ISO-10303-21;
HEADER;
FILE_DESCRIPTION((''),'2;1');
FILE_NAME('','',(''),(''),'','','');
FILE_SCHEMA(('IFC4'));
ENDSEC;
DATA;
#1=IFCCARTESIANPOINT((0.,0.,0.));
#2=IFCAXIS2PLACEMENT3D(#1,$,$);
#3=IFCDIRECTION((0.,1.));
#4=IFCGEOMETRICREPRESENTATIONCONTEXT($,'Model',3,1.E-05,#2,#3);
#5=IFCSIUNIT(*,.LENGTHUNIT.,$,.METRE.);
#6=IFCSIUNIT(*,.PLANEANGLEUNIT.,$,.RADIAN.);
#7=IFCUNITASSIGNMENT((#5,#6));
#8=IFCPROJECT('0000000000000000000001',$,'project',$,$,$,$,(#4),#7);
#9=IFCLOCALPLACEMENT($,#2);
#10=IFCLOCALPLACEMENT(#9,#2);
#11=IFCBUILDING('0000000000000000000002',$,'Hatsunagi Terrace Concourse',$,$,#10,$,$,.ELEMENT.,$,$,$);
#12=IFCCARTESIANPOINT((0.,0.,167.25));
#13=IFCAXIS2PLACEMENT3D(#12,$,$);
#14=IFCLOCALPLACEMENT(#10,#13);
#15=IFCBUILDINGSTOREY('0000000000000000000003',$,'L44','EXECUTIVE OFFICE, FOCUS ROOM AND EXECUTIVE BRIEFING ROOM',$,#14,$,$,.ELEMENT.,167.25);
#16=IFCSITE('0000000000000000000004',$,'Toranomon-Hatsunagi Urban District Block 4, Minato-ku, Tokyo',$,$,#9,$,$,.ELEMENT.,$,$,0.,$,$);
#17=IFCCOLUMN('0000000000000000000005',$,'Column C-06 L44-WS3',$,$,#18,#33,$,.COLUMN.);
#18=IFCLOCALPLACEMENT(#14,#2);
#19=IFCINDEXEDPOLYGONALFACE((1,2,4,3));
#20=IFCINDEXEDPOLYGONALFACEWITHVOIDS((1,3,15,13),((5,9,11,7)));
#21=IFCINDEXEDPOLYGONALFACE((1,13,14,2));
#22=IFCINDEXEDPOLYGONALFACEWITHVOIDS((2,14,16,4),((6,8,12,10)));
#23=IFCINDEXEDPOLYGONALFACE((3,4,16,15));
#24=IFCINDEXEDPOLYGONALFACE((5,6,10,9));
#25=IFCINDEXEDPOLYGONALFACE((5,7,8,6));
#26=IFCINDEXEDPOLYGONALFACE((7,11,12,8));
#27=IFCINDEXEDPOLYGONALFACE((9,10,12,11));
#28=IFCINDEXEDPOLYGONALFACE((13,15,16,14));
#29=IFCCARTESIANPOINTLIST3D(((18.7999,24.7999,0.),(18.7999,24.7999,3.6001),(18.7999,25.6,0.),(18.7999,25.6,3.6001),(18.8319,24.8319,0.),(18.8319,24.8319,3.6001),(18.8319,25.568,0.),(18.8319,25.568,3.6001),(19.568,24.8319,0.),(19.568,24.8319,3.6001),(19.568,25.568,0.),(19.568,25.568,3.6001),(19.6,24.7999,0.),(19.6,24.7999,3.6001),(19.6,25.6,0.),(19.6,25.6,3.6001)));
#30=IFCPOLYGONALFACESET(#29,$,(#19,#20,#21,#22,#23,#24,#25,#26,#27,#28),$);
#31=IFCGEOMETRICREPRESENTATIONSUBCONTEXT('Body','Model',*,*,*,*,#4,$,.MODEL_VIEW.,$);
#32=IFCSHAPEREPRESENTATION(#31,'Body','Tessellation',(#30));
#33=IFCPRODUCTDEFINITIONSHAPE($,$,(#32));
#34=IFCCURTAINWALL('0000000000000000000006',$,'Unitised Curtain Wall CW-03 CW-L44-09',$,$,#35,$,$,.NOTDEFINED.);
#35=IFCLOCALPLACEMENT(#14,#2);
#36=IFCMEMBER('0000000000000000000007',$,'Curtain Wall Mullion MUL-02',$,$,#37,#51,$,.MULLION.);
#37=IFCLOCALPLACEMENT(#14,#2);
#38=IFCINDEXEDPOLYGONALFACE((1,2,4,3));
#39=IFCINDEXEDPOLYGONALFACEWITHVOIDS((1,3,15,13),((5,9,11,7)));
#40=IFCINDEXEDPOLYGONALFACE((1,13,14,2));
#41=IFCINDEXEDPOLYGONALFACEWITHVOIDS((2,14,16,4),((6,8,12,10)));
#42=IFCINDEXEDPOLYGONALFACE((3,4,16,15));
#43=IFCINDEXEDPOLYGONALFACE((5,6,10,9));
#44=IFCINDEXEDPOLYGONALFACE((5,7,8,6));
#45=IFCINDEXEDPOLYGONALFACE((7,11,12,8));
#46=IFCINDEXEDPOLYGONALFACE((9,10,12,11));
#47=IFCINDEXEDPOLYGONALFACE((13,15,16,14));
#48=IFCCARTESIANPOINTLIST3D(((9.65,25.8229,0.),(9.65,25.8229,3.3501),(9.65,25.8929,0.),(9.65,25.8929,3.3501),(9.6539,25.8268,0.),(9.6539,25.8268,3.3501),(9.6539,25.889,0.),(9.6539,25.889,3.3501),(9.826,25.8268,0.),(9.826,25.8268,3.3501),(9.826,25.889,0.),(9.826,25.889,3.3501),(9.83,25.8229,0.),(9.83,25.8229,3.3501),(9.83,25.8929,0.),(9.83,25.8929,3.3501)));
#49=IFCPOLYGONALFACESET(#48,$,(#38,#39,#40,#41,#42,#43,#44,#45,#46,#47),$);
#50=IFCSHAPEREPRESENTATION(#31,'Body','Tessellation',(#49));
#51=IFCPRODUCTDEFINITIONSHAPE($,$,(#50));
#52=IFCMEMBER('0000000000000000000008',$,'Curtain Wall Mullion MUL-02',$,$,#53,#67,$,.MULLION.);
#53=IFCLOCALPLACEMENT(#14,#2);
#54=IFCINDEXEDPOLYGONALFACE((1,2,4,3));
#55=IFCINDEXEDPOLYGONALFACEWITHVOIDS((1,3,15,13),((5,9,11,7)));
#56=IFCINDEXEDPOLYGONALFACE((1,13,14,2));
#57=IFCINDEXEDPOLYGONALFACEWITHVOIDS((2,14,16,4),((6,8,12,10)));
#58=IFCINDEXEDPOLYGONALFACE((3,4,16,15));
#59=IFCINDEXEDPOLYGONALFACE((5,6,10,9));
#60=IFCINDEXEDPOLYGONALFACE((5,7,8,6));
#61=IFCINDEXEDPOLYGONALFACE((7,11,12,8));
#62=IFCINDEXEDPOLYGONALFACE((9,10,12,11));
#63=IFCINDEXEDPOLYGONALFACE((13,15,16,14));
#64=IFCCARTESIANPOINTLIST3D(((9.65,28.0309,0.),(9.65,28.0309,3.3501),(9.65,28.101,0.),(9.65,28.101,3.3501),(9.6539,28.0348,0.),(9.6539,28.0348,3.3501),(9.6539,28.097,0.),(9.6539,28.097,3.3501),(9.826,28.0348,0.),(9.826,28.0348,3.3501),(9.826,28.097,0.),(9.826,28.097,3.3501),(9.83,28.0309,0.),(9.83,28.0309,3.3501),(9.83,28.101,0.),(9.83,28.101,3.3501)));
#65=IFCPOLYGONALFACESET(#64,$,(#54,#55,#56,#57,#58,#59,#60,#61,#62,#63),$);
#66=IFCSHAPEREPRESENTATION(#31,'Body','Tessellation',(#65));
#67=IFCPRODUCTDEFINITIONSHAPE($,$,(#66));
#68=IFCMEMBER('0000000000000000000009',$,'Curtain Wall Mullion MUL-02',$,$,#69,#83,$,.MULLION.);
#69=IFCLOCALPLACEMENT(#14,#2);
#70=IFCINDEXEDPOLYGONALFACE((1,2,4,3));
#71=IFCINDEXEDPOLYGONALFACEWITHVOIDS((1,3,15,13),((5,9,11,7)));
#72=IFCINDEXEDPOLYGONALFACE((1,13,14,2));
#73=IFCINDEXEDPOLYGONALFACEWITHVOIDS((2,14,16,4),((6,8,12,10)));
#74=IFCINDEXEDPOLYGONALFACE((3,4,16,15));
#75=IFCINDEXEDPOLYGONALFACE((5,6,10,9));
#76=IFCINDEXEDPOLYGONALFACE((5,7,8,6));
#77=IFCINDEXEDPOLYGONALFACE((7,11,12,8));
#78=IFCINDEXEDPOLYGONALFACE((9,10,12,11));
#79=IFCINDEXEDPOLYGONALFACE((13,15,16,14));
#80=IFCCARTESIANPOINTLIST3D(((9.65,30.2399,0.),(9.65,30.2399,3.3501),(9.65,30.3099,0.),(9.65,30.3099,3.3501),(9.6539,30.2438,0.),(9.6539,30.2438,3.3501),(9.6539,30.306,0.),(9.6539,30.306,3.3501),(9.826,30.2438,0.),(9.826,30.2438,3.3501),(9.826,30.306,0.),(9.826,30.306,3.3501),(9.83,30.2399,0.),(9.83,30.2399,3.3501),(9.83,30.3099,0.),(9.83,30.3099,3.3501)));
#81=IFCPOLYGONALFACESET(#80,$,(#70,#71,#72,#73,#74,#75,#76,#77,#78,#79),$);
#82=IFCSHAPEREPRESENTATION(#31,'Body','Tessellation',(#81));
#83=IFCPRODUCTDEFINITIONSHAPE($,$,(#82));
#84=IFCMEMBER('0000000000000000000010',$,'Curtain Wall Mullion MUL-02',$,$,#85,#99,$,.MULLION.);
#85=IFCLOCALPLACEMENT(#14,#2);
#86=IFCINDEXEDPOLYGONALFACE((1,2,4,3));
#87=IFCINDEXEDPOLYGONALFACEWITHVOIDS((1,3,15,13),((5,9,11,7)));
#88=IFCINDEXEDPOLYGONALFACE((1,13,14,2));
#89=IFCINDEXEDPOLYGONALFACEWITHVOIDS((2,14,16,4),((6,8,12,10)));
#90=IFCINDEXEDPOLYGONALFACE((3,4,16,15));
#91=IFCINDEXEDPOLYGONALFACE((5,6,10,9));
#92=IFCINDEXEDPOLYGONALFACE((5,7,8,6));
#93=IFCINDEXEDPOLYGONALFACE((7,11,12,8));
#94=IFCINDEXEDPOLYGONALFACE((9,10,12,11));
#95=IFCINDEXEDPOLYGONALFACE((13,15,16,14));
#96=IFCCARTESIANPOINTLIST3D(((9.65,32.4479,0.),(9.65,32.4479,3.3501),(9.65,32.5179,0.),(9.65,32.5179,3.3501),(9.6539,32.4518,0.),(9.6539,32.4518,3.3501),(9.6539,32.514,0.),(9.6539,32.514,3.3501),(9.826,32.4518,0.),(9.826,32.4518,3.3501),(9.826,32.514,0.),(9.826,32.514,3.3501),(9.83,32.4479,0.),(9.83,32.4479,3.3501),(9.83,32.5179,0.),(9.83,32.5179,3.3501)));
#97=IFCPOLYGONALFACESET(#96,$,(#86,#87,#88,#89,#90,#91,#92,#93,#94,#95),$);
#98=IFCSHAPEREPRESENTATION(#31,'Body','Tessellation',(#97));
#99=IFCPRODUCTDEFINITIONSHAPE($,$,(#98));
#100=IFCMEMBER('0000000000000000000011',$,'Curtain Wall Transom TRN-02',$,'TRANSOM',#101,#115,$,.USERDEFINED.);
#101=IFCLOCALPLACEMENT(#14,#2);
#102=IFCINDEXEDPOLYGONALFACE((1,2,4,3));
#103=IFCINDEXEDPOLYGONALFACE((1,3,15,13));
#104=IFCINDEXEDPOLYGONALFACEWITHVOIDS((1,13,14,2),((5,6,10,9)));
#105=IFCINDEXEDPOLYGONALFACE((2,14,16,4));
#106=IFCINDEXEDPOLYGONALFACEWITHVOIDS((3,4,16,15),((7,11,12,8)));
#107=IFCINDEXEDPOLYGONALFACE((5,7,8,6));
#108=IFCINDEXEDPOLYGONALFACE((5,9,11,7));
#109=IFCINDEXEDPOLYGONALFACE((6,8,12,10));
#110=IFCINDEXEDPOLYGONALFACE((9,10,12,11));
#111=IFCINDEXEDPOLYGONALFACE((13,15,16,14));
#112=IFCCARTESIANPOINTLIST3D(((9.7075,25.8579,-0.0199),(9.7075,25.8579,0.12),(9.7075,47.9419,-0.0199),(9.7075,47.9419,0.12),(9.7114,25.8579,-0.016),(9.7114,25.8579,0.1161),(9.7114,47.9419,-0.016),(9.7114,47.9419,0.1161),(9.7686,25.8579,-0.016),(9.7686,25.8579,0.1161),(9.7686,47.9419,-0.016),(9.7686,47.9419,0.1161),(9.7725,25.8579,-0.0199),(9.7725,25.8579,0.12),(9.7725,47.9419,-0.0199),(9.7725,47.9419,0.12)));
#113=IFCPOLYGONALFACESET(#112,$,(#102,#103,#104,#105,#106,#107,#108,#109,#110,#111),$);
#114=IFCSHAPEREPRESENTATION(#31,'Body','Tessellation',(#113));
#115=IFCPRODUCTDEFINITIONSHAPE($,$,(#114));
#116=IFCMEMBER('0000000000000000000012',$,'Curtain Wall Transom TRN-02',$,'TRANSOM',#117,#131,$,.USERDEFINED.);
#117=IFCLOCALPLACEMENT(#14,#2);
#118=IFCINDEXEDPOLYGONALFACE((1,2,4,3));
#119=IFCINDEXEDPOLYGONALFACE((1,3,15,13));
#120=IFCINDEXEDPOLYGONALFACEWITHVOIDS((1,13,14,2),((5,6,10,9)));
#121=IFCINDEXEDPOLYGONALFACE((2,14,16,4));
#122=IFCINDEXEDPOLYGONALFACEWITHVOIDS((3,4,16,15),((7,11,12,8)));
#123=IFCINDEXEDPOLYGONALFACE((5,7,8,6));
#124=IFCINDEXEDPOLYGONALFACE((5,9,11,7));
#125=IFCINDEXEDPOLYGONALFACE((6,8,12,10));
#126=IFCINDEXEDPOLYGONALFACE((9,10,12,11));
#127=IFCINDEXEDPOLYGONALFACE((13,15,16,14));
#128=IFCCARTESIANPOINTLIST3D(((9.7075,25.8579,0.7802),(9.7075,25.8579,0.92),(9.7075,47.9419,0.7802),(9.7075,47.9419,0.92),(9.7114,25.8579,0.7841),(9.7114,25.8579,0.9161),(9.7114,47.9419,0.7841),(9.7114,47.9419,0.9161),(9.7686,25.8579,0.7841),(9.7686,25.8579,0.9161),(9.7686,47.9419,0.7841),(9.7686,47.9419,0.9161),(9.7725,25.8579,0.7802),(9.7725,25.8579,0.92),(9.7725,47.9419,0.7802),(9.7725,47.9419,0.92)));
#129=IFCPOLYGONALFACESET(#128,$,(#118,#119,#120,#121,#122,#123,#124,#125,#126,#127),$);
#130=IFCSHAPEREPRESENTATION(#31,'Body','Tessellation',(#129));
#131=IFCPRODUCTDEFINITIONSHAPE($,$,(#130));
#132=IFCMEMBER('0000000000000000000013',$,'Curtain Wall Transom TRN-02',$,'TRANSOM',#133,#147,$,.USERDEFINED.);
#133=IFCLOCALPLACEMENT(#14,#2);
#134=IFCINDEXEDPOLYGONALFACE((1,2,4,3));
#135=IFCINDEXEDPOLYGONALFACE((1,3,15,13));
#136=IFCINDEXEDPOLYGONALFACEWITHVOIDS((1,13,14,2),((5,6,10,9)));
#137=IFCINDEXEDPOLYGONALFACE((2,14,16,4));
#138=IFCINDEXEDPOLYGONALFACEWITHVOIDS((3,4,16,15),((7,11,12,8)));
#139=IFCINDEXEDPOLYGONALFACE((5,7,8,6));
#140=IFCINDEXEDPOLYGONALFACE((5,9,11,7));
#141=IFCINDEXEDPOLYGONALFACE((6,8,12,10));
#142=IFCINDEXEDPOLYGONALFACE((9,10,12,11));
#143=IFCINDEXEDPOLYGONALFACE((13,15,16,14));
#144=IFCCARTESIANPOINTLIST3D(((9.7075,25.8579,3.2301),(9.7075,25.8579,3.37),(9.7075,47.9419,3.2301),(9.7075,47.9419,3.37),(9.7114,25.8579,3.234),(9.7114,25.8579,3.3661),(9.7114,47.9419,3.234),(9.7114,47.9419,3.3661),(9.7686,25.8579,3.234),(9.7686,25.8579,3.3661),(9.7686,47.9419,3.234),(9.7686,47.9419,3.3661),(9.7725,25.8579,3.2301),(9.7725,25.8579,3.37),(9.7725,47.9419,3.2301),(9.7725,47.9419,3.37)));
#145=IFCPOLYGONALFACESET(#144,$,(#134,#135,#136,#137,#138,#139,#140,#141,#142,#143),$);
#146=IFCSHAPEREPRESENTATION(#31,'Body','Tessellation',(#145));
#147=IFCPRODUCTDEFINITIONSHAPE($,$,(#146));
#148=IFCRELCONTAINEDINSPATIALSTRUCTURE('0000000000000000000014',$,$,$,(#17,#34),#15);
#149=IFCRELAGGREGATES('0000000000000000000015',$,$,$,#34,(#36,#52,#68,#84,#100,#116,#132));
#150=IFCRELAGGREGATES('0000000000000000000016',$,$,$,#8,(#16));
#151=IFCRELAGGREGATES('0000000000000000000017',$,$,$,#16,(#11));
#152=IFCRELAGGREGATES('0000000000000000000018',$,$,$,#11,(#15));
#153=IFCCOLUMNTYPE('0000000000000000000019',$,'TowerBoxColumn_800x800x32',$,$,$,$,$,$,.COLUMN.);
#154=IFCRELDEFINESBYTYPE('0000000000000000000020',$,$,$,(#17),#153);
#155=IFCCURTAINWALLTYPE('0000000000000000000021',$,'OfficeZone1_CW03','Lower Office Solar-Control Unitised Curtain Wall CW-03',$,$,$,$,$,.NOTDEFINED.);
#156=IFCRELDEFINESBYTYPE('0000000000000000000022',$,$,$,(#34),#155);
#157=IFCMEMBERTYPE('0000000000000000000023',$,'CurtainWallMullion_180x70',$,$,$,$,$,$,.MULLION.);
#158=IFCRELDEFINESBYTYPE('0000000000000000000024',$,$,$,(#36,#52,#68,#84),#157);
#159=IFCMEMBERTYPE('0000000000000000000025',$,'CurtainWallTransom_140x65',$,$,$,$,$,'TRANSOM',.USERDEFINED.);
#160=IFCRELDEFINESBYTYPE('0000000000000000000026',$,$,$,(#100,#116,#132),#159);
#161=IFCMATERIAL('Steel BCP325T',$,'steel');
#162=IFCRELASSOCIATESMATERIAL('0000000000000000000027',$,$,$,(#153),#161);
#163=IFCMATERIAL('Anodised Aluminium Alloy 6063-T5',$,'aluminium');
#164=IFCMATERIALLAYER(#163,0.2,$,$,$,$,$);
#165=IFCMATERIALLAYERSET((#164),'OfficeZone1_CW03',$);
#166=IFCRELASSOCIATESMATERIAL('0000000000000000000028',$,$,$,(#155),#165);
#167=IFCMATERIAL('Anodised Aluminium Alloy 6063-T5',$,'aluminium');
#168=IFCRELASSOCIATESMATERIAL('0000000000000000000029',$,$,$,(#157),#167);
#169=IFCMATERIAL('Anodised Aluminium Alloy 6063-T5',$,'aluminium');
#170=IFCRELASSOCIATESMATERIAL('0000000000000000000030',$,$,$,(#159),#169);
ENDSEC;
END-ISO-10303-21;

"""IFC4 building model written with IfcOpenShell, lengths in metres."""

from ifc_helpers import new_model, si_unit, direction, frame, origin, origin_2d, place, context, subcontext, project, spatial, hollow_rectangle, extrude, material, layer, layer_set, material_profile, profile_set, type_object, element, aggregate, save


model = new_model("IFC4")

# Units and contexts
model_context = context("Model", 3, precision=1e-05, world=origin(), true_north=direction((0.0, 1.0)))
body_context = subcontext(model_context, "Body", "Model", "MODEL_VIEW")
ifc_project = project(units=[si_unit("LENGTHUNIT", "METRE"), si_unit("PLANEANGLEUNIT", "RADIAN")], contexts=[model_context])

# Site, building, storey
site_placement = place(None, origin())
site = spatial("IfcSite", under=ifc_project, at=site_placement, Name="Toranomon-Hatsunagi Urban District Block 4, Minato-ku, Tokyo", CompositionType="ELEMENT", RefElevation=0.0)
building_placement = place(site_placement, origin())
building = spatial("IfcBuilding", under=site, at=building_placement, Name="Hatsunagi Terrace Concourse", CompositionType="ELEMENT")
storey_placement = place(building_placement, frame((0.0, 0.0, 167.25)))
storey = spatial("IfcBuildingStorey", under=building, at=storey_placement, Name="L44", Description="EXECUTIVE OFFICE, FOCUS ROOM AND EXECUTIVE BRIEFING ROOM", CompositionType="ELEMENT", Elevation=167.25)

# Column
ifc_material_1 = material(Name="Steel BCP325T", Category="steel")
ifc_material_profile_1 = material_profile(ifc_material_1, hollow_rectangle(XDim=0.8, YDim=0.8, WallThickness=0.032, at=origin_2d()), Name="BCP-800x800x32")
ifc_profile_set_1 = profile_set([ifc_material_profile_1], Name="Steel BCP325T")
column_type = type_object("IfcColumnType", Name="TowerBoxColumn_800x800x32", PredefinedType="COLUMN", material=ifc_profile_set_1)
column_placement = place(storey_placement, frame((19.2, 25.2, 0.0), z_axis=(0.0, 0.0, 1.0), x_axis=(1.0, 0.0, 0.0)))
element("IfcColumn", 1, at=column_placement, inside=storey, type_object=column_type, Name="Column C-06 L44-WS3", PredefinedType="COLUMN", context=body_context, shape_type="SweptSolid", body=[
    extrude(hollow_rectangle(XDim=0.8, YDim=0.8, WallThickness=0.032, at=origin_2d()), origin(), (0.0, 0.0, 1.0), 3.6001),
])

# Curtain wall, members
ifc_material_2 = material(Name="Anodised Aluminium Alloy 6063-T5", Category="aluminium")
ifc_layer_1 = layer(ifc_material_2, 0.2)
ifc_layer_set_1 = layer_set([ifc_layer_1], Name="OfficeZone1_CW03")
curtain_wall_type = type_object("IfcCurtainWallType", Name="OfficeZone1_CW03", Description="Lower Office Solar-Control Unitised Curtain Wall CW-03", PredefinedType="NOTDEFINED", material=ifc_layer_set_1)
curtain_wall_placement = place(storey_placement, origin())
curtain_wall = element("IfcCurtainWall", 2, at=curtain_wall_placement, inside=storey, type_object=curtain_wall_type, Name="Unitised Curtain Wall CW-03 CW-L44-09", PredefinedType="NOTDEFINED")
ifc_material_3 = material(Name="Anodised Aluminium Alloy 6063-T5", Category="aluminium")
ifc_material_profile_2 = material_profile(ifc_material_3, hollow_rectangle(XDim=0.0701, YDim=0.1799, WallThickness=0.0039, at=origin_2d()), Name="ALU-MUL-180x70x4")
ifc_profile_set_2 = profile_set([ifc_material_profile_2], Name="Anodised Aluminium Alloy 6063-T5")
member_type_1 = type_object("IfcMemberType", Name="CurtainWallMullion_180x70", PredefinedType="MULLION", material=ifc_profile_set_2)
member_1_placement = place(storey_placement, frame((9.74, 25.8579, 0.0), z_axis=(0.0, 0.0, 1.0), x_axis=(0.0, 1.0, 0.0)))
member_1 = element("IfcMember", 3, at=member_1_placement, type_object=member_type_1, Name="Curtain Wall Mullion MUL-02", PredefinedType="MULLION", context=body_context, shape_type="SweptSolid", body=[
    extrude(hollow_rectangle(XDim=0.0701, YDim=0.1799, WallThickness=0.0039, at=origin_2d()), origin(), (0.0, 0.0, 1.0), 3.3501),
])
member_2_placement = place(storey_placement, frame((9.74, 28.0659, 0.0), z_axis=(0.0, 0.0, 1.0), x_axis=(0.0, 1.0, 0.0)))
member_2 = element("IfcMember", 4, at=member_2_placement, type_object=member_type_1, Name="Curtain Wall Mullion MUL-02", PredefinedType="MULLION", context=body_context, shape_type="SweptSolid", body=[
    extrude(hollow_rectangle(XDim=0.0701, YDim=0.1799, WallThickness=0.0039, at=origin_2d()), origin(), (0.0, 0.0, 1.0), 3.3501),
])
member_3_placement = place(storey_placement, frame((9.74, 30.2749, 0.0), z_axis=(0.0, 0.0, 1.0), x_axis=(0.0, 1.0, 0.0)))
member_3 = element("IfcMember", 5, at=member_3_placement, type_object=member_type_1, Name="Curtain Wall Mullion MUL-02", PredefinedType="MULLION", context=body_context, shape_type="SweptSolid", body=[
    extrude(hollow_rectangle(XDim=0.0701, YDim=0.1799, WallThickness=0.0039, at=origin_2d()), origin(), (0.0, 0.0, 1.0), 3.3501),
])
member_4_placement = place(storey_placement, frame((9.74, 32.4829, 0.0), z_axis=(0.0, 0.0, 1.0), x_axis=(0.0, 1.0, 0.0)))
member_4 = element("IfcMember", 6, at=member_4_placement, type_object=member_type_1, Name="Curtain Wall Mullion MUL-02", PredefinedType="MULLION", context=body_context, shape_type="SweptSolid", body=[
    extrude(hollow_rectangle(XDim=0.0701, YDim=0.1799, WallThickness=0.0039, at=origin_2d()), origin(), (0.0, 0.0, 1.0), 3.3501),
])
ifc_material_4 = material(Name="Anodised Aluminium Alloy 6063-T5", Category="aluminium")
ifc_material_profile_3 = material_profile(ifc_material_4, hollow_rectangle(XDim=0.0649, YDim=0.1399, WallThickness=0.0039, at=origin_2d()), Name="ALU-TRN-140x65x4")
ifc_profile_set_3 = profile_set([ifc_material_profile_3], Name="Anodised Aluminium Alloy 6063-T5")
member_type_2 = type_object("IfcMemberType", Name="CurtainWallTransom_140x65", ElementType="TRANSOM", PredefinedType="USERDEFINED", material=ifc_profile_set_3)
member_5_placement = place(storey_placement, frame((9.74, 25.8579, 0.05), z_axis=(0.0, 1.0, 0.0), x_axis=(-1.0, 0.0, 0.0)))
member_5 = element("IfcMember", 7, at=member_5_placement, type_object=member_type_2, Name="Curtain Wall Transom TRN-02", ObjectType="TRANSOM", PredefinedType="USERDEFINED", context=body_context, shape_type="SweptSolid", body=[
    extrude(hollow_rectangle(XDim=0.0649, YDim=0.1399, WallThickness=0.0039, at=origin_2d()), origin(), (0.0, 0.0, 1.0), 22.084),
])
member_6_placement = place(storey_placement, frame((9.74, 25.8579, 0.8501), z_axis=(0.0, 1.0, 0.0), x_axis=(-1.0, 0.0, 0.0)))
member_6 = element("IfcMember", 8, at=member_6_placement, type_object=member_type_2, Name="Curtain Wall Transom TRN-02", ObjectType="TRANSOM", PredefinedType="USERDEFINED", context=body_context, shape_type="SweptSolid", body=[
    extrude(hollow_rectangle(XDim=0.0649, YDim=0.1399, WallThickness=0.0039, at=origin_2d()), origin(), (0.0, 0.0, 1.0), 22.084),
])
member_7_placement = place(storey_placement, frame((9.74, 25.8579, 3.3), z_axis=(0.0, 1.0, 0.0), x_axis=(-1.0, 0.0, 0.0)))
member_7 = element("IfcMember", 9, at=member_7_placement, type_object=member_type_2, Name="Curtain Wall Transom TRN-02", ObjectType="TRANSOM", PredefinedType="USERDEFINED", context=body_context, shape_type="SweptSolid", body=[
    extrude(hollow_rectangle(XDim=0.0649, YDim=0.1399, WallThickness=0.0039, at=origin_2d()), origin(), (0.0, 0.0, 1.0), 22.084),
])

aggregate(curtain_wall, [member_1, member_2, member_3, member_4, member_5, member_6, member_7])

save(model, "model.ifc")
